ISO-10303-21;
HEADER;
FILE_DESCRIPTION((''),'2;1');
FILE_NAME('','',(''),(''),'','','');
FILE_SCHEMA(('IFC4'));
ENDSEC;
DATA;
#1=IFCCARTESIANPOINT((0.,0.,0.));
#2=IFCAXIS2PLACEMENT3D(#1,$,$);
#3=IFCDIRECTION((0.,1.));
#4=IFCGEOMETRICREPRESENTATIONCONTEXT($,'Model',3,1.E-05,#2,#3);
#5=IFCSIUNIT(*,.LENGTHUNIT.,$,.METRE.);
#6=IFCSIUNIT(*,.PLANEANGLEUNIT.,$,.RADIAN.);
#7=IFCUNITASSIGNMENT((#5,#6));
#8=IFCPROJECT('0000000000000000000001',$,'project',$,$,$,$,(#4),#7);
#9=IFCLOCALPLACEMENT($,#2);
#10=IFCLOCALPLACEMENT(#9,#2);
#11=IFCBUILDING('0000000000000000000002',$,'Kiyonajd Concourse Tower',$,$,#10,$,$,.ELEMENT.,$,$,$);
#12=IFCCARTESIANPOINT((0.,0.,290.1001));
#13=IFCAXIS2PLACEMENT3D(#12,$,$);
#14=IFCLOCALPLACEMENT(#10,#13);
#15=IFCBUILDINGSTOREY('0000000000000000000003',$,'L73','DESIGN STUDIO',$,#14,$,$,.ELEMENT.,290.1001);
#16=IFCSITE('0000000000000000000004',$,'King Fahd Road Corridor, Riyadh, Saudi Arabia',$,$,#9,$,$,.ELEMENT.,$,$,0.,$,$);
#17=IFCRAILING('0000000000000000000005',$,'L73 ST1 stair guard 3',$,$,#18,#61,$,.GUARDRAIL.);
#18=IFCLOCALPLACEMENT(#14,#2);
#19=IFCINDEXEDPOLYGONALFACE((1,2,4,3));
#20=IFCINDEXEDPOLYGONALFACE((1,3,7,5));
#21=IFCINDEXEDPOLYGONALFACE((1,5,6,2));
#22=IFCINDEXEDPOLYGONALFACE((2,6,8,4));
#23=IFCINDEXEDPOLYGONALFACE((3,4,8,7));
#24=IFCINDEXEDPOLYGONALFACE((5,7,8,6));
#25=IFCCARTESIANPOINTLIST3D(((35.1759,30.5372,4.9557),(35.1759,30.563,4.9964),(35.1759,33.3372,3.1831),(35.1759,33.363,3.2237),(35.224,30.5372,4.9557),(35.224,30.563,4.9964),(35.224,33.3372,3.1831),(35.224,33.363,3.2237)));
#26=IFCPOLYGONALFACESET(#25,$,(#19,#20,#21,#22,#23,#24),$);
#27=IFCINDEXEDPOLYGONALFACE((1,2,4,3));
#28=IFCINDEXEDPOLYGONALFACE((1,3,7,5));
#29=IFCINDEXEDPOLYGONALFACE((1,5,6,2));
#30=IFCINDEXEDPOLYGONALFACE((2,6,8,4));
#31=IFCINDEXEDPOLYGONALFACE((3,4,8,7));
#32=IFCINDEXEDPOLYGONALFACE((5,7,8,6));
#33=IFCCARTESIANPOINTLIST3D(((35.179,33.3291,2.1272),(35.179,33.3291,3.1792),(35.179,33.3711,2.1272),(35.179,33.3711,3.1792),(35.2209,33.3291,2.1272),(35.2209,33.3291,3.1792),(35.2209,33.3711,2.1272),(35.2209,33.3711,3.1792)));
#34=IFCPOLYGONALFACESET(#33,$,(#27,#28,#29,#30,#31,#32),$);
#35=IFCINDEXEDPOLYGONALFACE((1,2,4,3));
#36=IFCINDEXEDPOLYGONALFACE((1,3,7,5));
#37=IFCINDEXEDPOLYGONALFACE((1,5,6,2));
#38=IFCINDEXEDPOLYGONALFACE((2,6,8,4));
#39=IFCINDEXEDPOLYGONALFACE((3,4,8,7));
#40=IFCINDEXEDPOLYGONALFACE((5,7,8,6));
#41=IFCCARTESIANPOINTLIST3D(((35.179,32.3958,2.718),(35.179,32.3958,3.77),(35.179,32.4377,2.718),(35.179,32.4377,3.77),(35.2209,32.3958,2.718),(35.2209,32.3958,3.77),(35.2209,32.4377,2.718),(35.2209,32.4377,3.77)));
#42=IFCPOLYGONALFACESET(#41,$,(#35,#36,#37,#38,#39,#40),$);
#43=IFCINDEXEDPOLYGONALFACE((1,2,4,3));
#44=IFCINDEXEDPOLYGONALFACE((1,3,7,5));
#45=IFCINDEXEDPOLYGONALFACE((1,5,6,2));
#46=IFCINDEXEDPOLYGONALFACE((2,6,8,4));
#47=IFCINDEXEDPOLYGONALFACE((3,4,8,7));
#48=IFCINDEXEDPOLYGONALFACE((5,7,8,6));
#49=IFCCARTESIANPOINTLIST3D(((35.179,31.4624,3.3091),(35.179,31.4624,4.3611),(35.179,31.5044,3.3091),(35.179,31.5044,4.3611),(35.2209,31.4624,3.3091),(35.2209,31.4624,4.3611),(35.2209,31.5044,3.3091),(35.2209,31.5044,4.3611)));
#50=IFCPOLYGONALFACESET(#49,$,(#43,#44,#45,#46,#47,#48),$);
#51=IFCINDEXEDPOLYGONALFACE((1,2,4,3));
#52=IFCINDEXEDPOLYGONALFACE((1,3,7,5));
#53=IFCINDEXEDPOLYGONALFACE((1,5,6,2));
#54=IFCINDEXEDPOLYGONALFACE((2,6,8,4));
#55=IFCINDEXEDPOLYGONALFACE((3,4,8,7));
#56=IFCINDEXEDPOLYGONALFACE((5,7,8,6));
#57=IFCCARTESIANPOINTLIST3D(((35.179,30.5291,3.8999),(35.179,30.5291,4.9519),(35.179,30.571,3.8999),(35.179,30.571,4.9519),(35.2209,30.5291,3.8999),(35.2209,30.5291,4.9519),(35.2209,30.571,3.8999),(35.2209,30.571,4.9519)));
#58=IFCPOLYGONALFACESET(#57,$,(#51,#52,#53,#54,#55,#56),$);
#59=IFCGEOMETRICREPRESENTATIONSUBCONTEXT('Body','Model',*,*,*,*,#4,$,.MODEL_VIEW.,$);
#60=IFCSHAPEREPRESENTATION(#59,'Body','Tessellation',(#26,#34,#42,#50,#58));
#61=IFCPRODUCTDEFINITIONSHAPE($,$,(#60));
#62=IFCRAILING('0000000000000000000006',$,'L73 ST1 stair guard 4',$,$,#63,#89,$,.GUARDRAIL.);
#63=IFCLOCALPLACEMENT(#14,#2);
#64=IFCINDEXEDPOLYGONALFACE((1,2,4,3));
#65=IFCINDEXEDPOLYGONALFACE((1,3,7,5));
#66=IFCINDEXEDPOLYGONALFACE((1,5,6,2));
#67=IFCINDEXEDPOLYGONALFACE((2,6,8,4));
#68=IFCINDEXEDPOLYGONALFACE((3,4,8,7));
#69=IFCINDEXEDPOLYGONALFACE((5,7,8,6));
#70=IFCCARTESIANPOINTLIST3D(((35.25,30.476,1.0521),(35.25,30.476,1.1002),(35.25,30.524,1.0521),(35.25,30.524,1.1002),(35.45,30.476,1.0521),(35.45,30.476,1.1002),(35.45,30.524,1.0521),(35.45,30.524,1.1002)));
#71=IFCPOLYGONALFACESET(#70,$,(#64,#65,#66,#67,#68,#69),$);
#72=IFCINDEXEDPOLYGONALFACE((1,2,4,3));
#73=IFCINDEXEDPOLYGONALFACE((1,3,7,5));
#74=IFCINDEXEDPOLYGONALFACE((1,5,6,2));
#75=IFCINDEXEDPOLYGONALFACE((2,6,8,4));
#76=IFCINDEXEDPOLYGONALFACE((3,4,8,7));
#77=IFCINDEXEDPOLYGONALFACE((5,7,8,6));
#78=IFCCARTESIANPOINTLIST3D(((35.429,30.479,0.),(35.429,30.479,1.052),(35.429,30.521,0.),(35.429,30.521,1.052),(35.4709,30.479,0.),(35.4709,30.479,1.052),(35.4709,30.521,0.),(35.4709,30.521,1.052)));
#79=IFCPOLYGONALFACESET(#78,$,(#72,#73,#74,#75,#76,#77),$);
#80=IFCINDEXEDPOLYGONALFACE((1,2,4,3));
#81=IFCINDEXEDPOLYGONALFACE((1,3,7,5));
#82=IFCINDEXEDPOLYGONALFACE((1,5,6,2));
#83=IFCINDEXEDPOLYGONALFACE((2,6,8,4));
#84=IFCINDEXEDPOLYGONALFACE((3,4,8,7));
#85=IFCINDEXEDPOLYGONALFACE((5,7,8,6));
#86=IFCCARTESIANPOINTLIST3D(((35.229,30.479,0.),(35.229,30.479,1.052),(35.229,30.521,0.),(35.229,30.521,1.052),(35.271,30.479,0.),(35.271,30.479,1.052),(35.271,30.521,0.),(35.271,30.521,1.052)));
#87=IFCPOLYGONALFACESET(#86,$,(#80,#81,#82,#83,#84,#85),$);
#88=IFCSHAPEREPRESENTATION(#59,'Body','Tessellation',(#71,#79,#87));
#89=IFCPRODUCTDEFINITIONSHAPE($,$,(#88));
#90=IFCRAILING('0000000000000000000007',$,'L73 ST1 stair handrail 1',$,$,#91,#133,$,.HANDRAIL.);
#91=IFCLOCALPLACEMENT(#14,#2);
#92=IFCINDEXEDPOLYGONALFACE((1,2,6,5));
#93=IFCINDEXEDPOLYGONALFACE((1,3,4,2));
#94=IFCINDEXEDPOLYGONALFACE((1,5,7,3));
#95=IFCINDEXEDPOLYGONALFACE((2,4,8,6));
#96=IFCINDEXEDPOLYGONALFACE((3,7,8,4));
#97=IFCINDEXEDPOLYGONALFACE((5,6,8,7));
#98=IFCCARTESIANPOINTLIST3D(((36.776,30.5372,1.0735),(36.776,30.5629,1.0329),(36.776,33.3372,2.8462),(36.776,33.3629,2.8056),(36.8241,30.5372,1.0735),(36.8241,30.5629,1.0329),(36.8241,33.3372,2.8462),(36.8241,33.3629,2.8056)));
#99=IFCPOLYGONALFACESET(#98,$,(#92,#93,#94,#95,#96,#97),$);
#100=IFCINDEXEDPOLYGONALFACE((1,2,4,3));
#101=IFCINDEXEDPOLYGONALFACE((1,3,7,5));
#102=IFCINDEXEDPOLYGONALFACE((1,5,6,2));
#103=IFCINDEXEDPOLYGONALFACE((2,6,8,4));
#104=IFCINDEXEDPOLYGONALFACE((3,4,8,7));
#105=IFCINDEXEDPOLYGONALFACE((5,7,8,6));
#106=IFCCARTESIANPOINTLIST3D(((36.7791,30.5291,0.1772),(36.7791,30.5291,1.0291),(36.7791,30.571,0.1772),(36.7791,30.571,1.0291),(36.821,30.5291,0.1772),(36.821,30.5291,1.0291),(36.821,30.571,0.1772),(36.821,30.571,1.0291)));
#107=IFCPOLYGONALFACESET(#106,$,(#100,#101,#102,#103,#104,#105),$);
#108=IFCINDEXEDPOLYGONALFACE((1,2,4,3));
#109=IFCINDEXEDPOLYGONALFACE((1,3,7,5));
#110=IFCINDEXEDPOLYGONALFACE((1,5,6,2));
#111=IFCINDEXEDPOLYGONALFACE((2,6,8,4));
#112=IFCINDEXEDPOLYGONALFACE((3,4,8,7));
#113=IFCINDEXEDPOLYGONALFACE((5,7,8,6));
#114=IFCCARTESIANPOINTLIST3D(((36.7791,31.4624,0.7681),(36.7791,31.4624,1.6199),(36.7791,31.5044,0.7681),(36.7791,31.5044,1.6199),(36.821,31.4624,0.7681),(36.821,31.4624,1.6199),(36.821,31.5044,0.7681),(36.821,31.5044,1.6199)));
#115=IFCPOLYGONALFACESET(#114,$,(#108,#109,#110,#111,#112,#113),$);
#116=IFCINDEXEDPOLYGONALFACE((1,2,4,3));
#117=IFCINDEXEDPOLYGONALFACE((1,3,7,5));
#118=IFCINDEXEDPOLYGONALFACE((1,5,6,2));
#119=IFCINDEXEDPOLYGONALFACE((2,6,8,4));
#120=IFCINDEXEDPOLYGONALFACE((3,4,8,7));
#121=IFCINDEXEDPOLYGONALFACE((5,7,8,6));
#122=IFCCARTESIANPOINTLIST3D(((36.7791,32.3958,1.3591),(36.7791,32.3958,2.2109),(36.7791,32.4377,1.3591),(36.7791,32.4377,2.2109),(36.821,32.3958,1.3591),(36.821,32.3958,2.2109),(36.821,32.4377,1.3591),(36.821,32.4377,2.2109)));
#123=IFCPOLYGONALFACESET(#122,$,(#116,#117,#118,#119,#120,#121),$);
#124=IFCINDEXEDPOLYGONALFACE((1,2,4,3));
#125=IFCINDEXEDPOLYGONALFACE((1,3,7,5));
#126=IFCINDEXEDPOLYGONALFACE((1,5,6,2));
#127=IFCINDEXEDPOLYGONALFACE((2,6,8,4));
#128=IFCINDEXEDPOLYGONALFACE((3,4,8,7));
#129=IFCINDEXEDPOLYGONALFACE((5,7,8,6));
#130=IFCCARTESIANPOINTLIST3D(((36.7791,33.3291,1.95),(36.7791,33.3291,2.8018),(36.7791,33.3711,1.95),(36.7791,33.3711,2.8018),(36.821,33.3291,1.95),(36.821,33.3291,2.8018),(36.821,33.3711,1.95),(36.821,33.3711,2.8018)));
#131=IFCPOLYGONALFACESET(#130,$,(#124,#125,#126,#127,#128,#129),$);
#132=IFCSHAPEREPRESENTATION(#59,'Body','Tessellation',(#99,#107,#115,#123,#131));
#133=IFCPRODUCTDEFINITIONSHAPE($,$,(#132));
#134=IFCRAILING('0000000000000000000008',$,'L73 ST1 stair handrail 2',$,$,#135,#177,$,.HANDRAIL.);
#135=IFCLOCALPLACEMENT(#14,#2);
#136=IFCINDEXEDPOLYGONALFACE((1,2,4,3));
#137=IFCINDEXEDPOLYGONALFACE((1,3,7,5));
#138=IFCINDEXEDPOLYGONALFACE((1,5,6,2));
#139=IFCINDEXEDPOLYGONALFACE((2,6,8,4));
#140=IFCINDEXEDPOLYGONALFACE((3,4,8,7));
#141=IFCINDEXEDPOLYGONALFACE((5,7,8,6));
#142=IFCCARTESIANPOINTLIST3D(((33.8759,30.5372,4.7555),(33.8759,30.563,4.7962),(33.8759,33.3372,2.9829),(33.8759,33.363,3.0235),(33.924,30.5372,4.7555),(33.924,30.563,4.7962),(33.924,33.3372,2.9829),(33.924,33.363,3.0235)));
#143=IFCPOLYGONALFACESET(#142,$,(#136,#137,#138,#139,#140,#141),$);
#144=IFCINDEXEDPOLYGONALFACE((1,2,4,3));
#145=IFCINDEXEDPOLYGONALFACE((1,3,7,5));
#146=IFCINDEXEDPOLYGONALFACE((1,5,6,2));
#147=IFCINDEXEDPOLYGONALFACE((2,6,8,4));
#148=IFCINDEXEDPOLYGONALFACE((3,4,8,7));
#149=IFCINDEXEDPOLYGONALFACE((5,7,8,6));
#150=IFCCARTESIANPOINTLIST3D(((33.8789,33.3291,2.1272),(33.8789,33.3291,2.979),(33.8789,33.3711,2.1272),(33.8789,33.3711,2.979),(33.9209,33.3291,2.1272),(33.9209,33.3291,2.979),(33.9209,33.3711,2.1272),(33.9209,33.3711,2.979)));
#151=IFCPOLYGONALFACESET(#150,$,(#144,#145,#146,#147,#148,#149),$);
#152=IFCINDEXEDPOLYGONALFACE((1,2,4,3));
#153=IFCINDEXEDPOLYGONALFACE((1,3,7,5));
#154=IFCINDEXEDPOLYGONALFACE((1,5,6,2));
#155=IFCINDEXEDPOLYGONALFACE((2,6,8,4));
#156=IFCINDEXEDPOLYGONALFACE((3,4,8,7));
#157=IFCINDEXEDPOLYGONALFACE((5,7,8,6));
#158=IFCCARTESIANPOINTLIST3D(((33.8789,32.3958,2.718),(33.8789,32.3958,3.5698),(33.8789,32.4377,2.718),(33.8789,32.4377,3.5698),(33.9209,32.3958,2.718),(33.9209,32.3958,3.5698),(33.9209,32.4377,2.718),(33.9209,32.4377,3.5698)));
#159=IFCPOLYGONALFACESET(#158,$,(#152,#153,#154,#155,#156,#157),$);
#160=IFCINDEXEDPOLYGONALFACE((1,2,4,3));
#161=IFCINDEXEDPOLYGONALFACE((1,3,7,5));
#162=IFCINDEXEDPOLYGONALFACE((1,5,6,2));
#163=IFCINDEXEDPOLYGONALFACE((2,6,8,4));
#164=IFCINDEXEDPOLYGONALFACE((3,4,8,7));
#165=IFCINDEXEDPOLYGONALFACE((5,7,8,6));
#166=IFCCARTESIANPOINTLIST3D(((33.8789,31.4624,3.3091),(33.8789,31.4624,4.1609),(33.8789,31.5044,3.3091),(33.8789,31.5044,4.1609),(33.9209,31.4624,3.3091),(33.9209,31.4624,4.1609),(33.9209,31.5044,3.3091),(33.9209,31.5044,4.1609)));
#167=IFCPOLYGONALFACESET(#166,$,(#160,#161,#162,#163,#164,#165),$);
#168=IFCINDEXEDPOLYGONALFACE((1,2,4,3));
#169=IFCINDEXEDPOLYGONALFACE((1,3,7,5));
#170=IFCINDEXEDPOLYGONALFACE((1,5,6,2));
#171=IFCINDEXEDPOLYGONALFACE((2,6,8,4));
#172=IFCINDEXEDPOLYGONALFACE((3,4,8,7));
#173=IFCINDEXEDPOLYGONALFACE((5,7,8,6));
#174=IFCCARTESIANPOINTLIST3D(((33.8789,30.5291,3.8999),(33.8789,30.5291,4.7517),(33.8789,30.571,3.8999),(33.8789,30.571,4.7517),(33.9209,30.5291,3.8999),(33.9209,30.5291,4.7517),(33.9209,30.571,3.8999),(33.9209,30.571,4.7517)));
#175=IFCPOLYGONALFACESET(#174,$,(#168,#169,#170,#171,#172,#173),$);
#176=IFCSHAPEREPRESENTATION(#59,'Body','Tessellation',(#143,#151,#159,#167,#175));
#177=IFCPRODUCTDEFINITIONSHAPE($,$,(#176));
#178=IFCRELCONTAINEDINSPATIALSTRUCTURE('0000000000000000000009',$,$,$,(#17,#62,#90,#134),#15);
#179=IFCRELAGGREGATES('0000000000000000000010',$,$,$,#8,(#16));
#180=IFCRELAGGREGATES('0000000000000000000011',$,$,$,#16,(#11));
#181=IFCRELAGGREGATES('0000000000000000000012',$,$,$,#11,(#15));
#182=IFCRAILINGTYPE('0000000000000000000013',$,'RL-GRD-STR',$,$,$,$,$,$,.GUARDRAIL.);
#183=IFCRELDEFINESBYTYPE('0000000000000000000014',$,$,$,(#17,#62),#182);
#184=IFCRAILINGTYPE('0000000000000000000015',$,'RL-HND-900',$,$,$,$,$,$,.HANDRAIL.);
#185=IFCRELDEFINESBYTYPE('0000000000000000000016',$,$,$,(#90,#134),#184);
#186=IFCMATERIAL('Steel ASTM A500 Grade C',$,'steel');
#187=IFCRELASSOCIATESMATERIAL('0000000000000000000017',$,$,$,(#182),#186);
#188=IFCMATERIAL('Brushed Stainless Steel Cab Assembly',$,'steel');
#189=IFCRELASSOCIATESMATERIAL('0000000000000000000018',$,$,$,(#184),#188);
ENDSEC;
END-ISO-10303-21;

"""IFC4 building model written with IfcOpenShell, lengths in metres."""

from ifc_helpers import new_model, si_unit, direction, frame, origin, origin_2d, place, context, subcontext, project, spatial, rectangle, extrude, material, type_object, element, save


model = new_model("IFC4")

# Units and contexts
model_context = context("Model", 3, precision=1e-05, world=origin(), true_north=direction((0.0, 1.0)))
body_context = subcontext(model_context, "Body", "Model", "MODEL_VIEW")
ifc_project = project(units=[si_unit("LENGTHUNIT", "METRE"), si_unit("PLANEANGLEUNIT", "RADIAN")], contexts=[model_context])

# Site, building, storey
site_placement = place(None, origin())
site = spatial("IfcSite", under=ifc_project, at=site_placement, Name="King Fahd Road Corridor, Riyadh, Saudi Arabia", CompositionType="ELEMENT", RefElevation=0.0)
building_placement = place(site_placement, origin())
building = spatial("IfcBuilding", under=site, at=building_placement, Name="Kiyonajd Concourse Tower", CompositionType="ELEMENT")
storey_placement = place(building_placement, frame((0.0, 0.0, 290.1001)))
storey = spatial("IfcBuildingStorey", under=building, at=storey_placement, Name="L73", Description="DESIGN STUDIO", CompositionType="ELEMENT", Elevation=290.1001)

# Shared definitions
ifc_material_1 = material(Name="Brushed Stainless Steel Cab Assembly", Category="steel")

# Railings
ifc_material_2 = material(Name="Steel ASTM A500 Grade C", Category="steel")
railing_type_1 = type_object("IfcRailingType", Name="RL-GRD-STR", PredefinedType="GUARDRAIL", material=ifc_material_2)
railing_1_placement = place(storey_placement, frame((35.2, 33.3501, 2.1272)))
element("IfcRailing", 1, at=railing_1_placement, inside=storey, type_object=railing_type_1, Name="L73 ST1 stair guard 3", PredefinedType="GUARDRAIL", context=body_context, shape_type="SweptSolid", body=[
    extrude(rectangle(XDim=0.0481, YDim=0.0481, at=origin_2d()), frame((0.0, 0.0, 1.0762), z_axis=(0.0, -0.844909, 0.53491), x_axis=(1.0, 0.0, 0.0)), (0.0, 0.0, 1.0), 3.314),
    extrude(rectangle(XDim=0.042, YDim=0.042, at=origin_2d()), origin(), (0.0, 0.0, 1.0), 1.052),
    extrude(rectangle(XDim=0.042, YDim=0.042, at=origin_2d()), frame((0.0, -0.9333, 0.5908)), (0.0, 0.0, 1.0), 1.052),
    extrude(rectangle(XDim=0.042, YDim=0.042, at=origin_2d()), frame((0.0, -1.8667, 1.1819)), (0.0, 0.0, 1.0), 1.052),
    extrude(rectangle(XDim=0.042, YDim=0.042, at=origin_2d()), frame((0.0, -2.8, 1.7727)), (0.0, 0.0, 1.0), 1.052),
])
railing_2_placement = place(storey_placement, frame((35.45, 30.5, 0.0)))
element("IfcRailing", 2, at=railing_2_placement, inside=storey, type_object=railing_type_1, Name="L73 ST1 stair guard 4", PredefinedType="GUARDRAIL", context=body_context, shape_type="SweptSolid", body=[
    extrude(rectangle(XDim=0.0481, YDim=0.0481, at=origin_2d()), frame((0.0, 0.0, 1.0762), z_axis=(-1.0, 0.0, 0.0), x_axis=(0.0, -1.0, 0.0)), (0.0, 0.0, 1.0), 0.2),
    extrude(rectangle(XDim=0.042, YDim=0.042, at=origin_2d()), origin(), (0.0, 0.0, 1.0), 1.052),
    extrude(rectangle(XDim=0.042, YDim=0.042, at=origin_2d()), frame((-0.2, 0.0, 0.0)), (0.0, 0.0, 1.0), 1.052),
])
railing_type_2 = type_object("IfcRailingType", Name="RL-HND-900", PredefinedType="HANDRAIL", material=ifc_material_1)
railing_3_placement = place(storey_placement, frame((36.8, 30.55, 0.1772)))
element("IfcRailing", 3, at=railing_3_placement, inside=storey, type_object=railing_type_2, Name="L73 ST1 stair handrail 1", PredefinedType="HANDRAIL", context=body_context, shape_type="SweptSolid", body=[
    extrude(rectangle(XDim=0.0481, YDim=0.0481, at=origin_2d()), frame((0.0, 0.0, 0.876), z_axis=(0.0, 0.844909, 0.53491), x_axis=(-1.0, 0.0, 0.0)), (0.0, 0.0, 1.0), 3.314),
    extrude(rectangle(XDim=0.042, YDim=0.042, at=origin_2d()), origin(), (0.0, 0.0, 1.0), 0.8518),
    extrude(rectangle(XDim=0.042, YDim=0.042, at=origin_2d()), frame((0.0, 0.9333, 0.5908)), (0.0, 0.0, 1.0), 0.8518),
    extrude(rectangle(XDim=0.042, YDim=0.042, at=origin_2d()), frame((0.0, 1.8667, 1.1819)), (0.0, 0.0, 1.0), 0.8518),
    extrude(rectangle(XDim=0.042, YDim=0.042, at=origin_2d()), frame((0.0, 2.8, 1.7727)), (0.0, 0.0, 1.0), 0.8518),
])
railing_4_placement = place(storey_placement, frame((33.8999, 33.3501, 2.1272)))
element("IfcRailing", 4, at=railing_4_placement, inside=storey, type_object=railing_type_2, Name="L73 ST1 stair handrail 2", PredefinedType="HANDRAIL", context=body_context, shape_type="SweptSolid", body=[
    extrude(rectangle(XDim=0.0481, YDim=0.0481, at=origin_2d()), frame((0.0, 0.0, 0.876), z_axis=(0.0, -0.844909, 0.53491), x_axis=(1.0, 0.0, 0.0)), (0.0, 0.0, 1.0), 3.314),
    extrude(rectangle(XDim=0.042, YDim=0.042, at=origin_2d()), origin(), (0.0, 0.0, 1.0), 0.8518),
    extrude(rectangle(XDim=0.042, YDim=0.042, at=origin_2d()), frame((0.0, -0.9333, 0.5908)), (0.0, 0.0, 1.0), 0.8518),
    extrude(rectangle(XDim=0.042, YDim=0.042, at=origin_2d()), frame((0.0, -1.8667, 1.1819)), (0.0, 0.0, 1.0), 0.8518),
    extrude(rectangle(XDim=0.042, YDim=0.042, at=origin_2d()), frame((0.0, -2.8, 1.7727)), (0.0, 0.0, 1.0), 0.8518),
])

save(model, "model.ifc")
